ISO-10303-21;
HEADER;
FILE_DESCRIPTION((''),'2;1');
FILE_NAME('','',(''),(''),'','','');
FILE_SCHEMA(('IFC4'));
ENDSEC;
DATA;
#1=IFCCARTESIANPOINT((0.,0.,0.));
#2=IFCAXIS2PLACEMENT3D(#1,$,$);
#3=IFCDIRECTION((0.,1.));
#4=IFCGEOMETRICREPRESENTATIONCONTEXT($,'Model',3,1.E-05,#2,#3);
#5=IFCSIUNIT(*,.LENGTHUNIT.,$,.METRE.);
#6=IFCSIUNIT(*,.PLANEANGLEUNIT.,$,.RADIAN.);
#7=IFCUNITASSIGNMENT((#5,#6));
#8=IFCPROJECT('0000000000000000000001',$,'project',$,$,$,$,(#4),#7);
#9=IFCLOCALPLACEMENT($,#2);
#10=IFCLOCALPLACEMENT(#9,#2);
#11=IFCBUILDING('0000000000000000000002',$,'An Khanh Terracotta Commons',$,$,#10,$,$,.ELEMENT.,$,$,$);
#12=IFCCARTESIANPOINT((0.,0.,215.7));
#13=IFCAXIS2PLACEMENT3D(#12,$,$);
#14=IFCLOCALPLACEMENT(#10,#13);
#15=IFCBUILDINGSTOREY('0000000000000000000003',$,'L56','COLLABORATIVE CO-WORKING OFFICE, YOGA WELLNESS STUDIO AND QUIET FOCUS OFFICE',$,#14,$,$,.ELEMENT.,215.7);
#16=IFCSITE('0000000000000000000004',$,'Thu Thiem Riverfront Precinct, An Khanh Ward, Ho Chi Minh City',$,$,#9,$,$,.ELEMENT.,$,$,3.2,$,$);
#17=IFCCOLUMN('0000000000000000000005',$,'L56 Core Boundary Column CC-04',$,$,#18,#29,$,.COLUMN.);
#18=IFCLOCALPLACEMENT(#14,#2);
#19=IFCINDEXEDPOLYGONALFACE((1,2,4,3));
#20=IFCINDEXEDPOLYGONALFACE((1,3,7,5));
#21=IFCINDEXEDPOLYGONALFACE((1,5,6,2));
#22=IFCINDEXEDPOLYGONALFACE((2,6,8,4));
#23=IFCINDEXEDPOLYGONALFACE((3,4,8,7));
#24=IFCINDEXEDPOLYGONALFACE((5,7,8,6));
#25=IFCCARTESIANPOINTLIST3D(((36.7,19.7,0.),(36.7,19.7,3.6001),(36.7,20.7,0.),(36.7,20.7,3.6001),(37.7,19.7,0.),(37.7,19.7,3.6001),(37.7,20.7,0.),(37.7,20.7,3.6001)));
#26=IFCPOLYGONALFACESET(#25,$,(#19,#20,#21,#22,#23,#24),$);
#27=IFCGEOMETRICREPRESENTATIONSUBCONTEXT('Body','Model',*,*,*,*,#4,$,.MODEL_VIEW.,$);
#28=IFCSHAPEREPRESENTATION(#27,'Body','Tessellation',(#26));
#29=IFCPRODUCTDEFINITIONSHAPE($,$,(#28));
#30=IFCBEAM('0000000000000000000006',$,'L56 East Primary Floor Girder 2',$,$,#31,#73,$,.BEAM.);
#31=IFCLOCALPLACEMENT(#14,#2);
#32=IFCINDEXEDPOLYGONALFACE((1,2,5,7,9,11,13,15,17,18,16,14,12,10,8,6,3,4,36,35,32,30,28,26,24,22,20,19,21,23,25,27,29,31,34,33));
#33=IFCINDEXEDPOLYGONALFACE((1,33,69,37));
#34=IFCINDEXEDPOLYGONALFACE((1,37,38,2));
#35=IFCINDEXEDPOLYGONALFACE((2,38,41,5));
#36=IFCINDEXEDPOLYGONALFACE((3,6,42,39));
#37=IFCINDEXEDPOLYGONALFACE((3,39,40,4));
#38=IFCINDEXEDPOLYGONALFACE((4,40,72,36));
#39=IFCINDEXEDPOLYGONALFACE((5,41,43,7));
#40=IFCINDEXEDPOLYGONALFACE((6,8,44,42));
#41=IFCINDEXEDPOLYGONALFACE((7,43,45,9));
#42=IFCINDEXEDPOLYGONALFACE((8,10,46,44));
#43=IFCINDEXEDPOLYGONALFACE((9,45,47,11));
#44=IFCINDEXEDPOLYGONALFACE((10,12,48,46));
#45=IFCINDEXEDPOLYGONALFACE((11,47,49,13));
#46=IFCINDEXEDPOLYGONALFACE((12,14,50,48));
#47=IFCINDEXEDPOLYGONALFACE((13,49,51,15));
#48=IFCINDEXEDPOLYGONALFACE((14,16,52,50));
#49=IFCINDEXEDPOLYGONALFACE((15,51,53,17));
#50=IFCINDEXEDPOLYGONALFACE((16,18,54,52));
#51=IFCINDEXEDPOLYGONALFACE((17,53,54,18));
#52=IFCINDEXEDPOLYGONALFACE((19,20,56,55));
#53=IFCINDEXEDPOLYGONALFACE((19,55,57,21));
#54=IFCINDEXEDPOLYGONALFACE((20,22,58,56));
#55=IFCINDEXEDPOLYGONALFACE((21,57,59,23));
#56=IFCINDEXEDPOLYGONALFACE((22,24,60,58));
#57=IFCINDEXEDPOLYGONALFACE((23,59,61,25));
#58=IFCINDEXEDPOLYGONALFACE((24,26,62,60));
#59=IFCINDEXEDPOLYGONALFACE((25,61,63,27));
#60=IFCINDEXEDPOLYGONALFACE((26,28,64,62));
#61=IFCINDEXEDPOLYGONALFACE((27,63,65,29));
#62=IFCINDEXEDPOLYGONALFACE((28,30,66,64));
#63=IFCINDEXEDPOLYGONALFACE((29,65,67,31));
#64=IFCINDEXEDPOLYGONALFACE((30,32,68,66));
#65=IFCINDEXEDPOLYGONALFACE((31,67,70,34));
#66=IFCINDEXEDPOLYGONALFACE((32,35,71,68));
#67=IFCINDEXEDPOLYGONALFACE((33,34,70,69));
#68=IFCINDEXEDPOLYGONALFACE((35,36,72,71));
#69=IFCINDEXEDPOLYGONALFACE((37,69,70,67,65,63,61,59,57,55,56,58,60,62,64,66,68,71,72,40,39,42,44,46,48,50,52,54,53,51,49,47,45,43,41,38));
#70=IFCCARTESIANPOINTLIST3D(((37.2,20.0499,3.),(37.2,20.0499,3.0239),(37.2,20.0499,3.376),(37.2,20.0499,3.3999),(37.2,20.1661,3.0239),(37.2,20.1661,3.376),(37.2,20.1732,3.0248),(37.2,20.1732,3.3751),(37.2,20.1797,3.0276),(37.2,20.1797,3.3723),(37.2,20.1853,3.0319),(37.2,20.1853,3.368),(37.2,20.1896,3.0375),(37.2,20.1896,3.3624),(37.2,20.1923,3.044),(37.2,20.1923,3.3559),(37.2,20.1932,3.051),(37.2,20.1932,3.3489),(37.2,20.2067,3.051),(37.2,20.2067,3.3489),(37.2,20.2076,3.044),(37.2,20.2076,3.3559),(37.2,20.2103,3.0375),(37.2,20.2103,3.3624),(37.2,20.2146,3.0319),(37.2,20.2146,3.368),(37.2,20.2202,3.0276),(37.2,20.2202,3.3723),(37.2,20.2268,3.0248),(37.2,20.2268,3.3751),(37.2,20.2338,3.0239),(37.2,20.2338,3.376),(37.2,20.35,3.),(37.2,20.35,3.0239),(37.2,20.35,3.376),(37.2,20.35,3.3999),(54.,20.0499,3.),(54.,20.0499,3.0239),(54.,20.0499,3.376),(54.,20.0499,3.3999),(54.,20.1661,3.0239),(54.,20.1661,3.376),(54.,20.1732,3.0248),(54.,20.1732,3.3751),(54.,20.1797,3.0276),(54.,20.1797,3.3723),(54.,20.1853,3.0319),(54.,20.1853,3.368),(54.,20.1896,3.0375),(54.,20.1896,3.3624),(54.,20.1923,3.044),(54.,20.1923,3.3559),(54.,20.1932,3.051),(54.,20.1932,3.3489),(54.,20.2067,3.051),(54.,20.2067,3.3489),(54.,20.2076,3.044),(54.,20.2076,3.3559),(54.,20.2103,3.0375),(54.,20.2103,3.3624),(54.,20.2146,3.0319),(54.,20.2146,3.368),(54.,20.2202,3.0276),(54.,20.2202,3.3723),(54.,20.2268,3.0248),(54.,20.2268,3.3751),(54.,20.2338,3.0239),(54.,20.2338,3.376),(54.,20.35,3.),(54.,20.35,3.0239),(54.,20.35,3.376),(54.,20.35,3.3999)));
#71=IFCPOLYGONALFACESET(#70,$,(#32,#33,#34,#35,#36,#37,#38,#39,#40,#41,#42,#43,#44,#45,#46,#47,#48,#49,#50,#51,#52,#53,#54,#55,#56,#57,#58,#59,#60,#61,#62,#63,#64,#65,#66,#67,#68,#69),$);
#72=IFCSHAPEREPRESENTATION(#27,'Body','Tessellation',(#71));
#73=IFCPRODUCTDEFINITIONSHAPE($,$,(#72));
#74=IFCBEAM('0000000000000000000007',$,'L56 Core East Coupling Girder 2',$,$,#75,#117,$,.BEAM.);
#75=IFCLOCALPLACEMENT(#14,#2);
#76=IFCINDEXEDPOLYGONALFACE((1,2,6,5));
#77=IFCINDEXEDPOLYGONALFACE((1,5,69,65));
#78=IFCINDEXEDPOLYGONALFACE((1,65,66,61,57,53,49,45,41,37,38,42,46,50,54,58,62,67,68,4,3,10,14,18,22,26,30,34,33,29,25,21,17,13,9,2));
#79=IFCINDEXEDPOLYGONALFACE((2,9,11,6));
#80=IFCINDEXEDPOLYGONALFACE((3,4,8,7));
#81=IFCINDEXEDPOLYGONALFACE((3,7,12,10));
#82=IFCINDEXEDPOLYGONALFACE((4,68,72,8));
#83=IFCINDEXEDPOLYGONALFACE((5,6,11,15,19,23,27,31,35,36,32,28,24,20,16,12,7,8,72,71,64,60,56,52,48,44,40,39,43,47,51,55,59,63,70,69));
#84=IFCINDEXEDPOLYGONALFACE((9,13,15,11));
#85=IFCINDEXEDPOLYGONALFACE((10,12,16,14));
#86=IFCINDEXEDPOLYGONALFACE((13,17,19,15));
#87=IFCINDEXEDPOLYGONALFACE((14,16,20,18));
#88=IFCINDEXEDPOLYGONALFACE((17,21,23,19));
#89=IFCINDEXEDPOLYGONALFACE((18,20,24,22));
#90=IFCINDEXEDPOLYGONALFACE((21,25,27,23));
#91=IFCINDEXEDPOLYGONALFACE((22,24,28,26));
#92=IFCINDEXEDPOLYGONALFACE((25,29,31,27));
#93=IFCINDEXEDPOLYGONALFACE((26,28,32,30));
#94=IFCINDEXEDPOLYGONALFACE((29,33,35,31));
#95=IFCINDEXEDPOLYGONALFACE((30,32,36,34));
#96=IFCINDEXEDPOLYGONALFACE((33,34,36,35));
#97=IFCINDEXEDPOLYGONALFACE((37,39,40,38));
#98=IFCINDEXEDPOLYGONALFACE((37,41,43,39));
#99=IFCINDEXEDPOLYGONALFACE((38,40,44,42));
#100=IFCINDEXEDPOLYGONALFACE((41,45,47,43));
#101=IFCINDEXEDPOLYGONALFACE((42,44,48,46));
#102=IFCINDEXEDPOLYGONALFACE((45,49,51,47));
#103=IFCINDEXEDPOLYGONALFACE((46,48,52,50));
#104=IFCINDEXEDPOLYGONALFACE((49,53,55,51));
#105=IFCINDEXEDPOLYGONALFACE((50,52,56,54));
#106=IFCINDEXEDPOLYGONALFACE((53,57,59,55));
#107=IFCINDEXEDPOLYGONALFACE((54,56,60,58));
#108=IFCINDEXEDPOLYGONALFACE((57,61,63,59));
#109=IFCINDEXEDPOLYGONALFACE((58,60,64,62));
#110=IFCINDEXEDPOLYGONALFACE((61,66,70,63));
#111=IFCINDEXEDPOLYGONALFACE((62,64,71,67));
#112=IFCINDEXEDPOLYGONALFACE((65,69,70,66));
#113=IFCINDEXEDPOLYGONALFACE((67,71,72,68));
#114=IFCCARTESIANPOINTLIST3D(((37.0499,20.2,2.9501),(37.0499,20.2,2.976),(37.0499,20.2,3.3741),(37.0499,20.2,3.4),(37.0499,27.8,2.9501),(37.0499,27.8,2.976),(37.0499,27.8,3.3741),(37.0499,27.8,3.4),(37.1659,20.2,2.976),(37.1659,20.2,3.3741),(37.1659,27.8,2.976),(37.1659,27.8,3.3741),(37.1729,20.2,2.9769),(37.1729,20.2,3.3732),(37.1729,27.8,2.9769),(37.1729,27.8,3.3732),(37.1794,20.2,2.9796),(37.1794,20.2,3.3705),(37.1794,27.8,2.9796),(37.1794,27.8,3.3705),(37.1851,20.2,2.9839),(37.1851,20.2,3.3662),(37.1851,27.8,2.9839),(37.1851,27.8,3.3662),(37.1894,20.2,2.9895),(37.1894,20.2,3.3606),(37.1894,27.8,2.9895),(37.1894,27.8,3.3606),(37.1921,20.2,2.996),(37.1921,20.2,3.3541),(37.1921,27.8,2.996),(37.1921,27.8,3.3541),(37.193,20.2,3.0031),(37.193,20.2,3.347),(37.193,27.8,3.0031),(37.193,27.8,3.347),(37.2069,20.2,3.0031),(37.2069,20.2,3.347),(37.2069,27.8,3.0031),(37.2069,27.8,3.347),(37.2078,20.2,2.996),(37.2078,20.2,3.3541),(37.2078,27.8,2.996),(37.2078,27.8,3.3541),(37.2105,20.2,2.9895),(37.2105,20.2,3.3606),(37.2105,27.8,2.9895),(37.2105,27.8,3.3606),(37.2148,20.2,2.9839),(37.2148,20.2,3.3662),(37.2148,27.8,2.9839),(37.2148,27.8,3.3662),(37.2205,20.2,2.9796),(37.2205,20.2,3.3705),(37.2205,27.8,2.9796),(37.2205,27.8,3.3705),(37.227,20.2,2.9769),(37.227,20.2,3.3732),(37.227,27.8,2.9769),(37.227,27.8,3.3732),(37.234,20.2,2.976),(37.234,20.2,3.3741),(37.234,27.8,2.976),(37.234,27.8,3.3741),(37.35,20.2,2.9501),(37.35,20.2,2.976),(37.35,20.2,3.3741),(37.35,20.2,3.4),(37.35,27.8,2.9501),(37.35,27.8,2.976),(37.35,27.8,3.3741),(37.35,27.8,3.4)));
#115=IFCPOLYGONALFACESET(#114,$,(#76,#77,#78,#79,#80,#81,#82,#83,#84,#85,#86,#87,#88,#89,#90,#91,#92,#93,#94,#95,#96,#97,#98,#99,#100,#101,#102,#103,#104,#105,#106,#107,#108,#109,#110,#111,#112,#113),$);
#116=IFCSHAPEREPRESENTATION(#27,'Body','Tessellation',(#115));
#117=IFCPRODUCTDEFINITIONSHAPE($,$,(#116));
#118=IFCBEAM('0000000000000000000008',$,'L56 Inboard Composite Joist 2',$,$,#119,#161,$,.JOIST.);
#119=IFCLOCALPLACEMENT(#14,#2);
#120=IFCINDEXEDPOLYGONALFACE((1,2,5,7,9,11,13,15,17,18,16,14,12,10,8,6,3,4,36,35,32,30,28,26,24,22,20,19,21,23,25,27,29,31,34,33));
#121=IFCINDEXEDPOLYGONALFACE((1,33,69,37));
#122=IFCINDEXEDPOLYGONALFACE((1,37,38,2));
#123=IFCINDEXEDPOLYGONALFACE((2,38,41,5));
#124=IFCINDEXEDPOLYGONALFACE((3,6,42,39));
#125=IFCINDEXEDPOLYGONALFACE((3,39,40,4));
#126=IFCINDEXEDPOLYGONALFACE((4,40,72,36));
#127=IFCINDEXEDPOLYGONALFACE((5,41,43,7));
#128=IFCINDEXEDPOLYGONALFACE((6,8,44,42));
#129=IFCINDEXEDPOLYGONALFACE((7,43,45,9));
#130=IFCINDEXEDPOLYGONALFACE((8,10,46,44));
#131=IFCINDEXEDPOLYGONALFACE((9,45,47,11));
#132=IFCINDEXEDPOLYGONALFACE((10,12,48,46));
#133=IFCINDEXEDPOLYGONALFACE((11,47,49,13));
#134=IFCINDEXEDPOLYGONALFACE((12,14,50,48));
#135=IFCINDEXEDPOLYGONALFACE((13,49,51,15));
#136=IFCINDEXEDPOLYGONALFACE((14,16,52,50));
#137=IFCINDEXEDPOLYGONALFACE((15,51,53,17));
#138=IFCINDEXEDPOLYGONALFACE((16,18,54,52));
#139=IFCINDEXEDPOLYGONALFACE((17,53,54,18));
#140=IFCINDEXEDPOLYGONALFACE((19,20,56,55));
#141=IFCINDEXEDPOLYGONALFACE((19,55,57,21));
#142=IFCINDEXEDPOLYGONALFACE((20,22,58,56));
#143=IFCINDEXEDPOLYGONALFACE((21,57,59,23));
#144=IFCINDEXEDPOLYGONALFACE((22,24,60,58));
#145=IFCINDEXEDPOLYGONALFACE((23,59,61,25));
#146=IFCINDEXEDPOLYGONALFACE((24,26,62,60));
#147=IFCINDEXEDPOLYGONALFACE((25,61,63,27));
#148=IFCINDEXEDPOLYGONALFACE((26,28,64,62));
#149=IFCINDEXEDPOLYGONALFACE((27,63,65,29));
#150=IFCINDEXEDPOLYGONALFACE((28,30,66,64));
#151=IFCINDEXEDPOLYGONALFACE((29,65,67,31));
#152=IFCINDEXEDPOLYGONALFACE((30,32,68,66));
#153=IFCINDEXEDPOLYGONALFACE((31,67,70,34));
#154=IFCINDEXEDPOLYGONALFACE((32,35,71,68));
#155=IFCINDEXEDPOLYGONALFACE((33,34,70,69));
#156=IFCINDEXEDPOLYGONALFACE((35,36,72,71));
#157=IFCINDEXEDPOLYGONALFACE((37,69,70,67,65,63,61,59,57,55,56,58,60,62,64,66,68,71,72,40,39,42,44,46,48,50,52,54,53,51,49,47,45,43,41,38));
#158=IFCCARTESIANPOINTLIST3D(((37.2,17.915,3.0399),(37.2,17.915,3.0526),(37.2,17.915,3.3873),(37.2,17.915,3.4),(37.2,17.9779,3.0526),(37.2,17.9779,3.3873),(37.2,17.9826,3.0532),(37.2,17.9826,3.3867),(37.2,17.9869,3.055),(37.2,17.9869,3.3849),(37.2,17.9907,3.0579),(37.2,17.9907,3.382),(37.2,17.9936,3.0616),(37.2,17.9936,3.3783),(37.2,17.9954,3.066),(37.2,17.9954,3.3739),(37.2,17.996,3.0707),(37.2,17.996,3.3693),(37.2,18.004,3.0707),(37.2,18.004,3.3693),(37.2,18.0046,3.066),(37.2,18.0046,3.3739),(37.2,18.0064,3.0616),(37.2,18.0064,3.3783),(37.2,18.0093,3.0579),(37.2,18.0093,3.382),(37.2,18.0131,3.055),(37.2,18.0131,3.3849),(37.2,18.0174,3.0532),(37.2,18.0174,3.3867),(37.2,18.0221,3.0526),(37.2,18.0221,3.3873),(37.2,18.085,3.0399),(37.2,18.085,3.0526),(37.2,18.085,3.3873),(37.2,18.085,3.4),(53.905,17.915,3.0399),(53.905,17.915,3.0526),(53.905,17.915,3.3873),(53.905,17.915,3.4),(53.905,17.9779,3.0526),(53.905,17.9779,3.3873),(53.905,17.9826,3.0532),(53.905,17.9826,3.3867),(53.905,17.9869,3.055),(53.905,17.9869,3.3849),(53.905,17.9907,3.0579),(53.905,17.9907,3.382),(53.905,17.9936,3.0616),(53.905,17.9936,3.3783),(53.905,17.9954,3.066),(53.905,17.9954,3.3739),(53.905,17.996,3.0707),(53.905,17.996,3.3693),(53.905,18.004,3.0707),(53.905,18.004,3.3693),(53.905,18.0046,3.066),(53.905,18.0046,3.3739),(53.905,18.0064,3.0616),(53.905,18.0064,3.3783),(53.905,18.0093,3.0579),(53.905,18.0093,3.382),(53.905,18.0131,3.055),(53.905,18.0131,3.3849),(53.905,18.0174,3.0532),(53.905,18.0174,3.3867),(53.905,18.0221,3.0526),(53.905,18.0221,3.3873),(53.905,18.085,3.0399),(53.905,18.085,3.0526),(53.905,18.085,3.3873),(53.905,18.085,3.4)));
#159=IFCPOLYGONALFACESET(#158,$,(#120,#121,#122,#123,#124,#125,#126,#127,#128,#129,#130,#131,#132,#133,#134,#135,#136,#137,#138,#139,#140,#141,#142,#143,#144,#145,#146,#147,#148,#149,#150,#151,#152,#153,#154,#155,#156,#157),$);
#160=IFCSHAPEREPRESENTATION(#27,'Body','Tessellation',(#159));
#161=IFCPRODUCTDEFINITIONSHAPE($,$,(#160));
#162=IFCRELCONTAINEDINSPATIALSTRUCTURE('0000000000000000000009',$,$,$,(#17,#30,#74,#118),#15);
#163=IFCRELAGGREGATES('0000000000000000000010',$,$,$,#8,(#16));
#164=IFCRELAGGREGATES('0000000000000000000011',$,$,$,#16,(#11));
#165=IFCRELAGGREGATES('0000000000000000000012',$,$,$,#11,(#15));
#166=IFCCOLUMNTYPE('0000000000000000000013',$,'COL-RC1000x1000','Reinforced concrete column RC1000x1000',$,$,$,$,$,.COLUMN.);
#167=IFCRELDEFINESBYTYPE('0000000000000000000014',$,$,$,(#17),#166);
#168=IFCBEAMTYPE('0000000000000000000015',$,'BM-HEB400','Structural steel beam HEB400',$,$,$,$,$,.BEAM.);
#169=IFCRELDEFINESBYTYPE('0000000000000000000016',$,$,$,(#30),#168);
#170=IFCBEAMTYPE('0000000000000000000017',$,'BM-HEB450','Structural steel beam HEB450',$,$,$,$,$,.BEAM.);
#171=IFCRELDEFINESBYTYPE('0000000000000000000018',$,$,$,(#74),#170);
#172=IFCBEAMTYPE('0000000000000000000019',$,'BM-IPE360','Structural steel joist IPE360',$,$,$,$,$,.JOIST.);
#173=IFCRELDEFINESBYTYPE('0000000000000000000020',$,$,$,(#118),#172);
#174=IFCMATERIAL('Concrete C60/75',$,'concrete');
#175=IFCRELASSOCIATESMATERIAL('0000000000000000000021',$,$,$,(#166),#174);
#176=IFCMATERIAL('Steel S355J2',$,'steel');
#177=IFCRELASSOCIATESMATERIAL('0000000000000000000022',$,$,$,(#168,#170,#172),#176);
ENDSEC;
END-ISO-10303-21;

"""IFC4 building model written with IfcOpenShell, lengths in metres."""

from ifc_helpers import new_model, si_unit, direction, frame, origin, origin_2d, place, context, subcontext, project, spatial, rectangle, i_section, extrude, material, material_profile, profile_set, type_object, element, save


model = new_model("IFC4")

# Units and contexts
model_context = context("Model", 3, precision=1e-05, world=origin(), true_north=direction((0.0, 1.0)))
body_context = subcontext(model_context, "Body", "Model", "MODEL_VIEW")
ifc_project = project(units=[si_unit("LENGTHUNIT", "METRE"), si_unit("PLANEANGLEUNIT", "RADIAN")], contexts=[model_context])

# Site, building, storey
site_placement = place(None, origin())
site = spatial("IfcSite", under=ifc_project, at=site_placement, Name="Thu Thiem Riverfront Precinct, An Khanh Ward, Ho Chi Minh City", CompositionType="ELEMENT", RefElevation=3.2)
building_placement = place(site_placement, origin())
building = spatial("IfcBuilding", under=site, at=building_placement, Name="An Khanh Terracotta Commons", CompositionType="ELEMENT")
storey_placement = place(building_placement, frame((0.0, 0.0, 215.7)))
storey = spatial("IfcBuildingStorey", under=building, at=storey_placement, Name="L56", Description="COLLABORATIVE CO-WORKING OFFICE, YOGA WELLNESS STUDIO AND QUIET FOCUS OFFICE", CompositionType="ELEMENT", Elevation=215.7)

# Column
ifc_material_1 = material(Name="Concrete C60/75", Category="concrete")
ifc_material_profile_1 = material_profile(ifc_material_1, rectangle(XDim=1.0, YDim=1.0, at=origin_2d()), Name="RC1000x1000")
ifc_profile_set_1 = profile_set([ifc_material_profile_1], Name="Concrete C60/75")
column_type = type_object("IfcColumnType", Name="COL-RC1000x1000", Description="Reinforced concrete column RC1000x1000", PredefinedType="COLUMN", material=ifc_profile_set_1)
column_placement = place(storey_placement, frame((37.2, 20.2, 0.0), z_axis=(0.0, 0.0, 1.0), x_axis=(1.0, 0.0, 0.0)))
element("IfcColumn", 1, at=column_placement, inside=storey, type_object=column_type, Name="L56 Core Boundary Column CC-04", PredefinedType="COLUMN", context=body_context, shape_type="SweptSolid", body=[
    extrude(rectangle(XDim=1.0, YDim=1.0, at=origin_2d()), origin(), (0.0, 0.0, 1.0), 3.6001),
])

# Beams
ifc_material_2 = material(Name="Steel S355J2", Category="steel")
ifc_material_profile_2 = material_profile(ifc_material_2, i_section(OverallWidth=0.3, OverallDepth=0.3999, WebThickness=0.0134, FlangeThickness=0.0239, FilletRadius=0.0271, at=origin_2d()), Name="HEB400")
ifc_profile_set_2 = profile_set([ifc_material_profile_2], Name="Steel S355J2")
beam_type_1 = type_object("IfcBeamType", Name="BM-HEB400", Description="Structural steel beam HEB400", PredefinedType="BEAM", material=ifc_profile_set_2)
beam_1_placement = place(storey_placement, frame((37.2, 20.2, 3.2), z_axis=(1.0, 0.0, 0.0), x_axis=(0.0, 1.0, 0.0)))
element("IfcBeam", 2, at=beam_1_placement, inside=storey, type_object=beam_type_1, Name="L56 East Primary Floor Girder 2", PredefinedType="BEAM", context=body_context, shape_type="SweptSolid", body=[
    extrude(i_section(OverallWidth=0.3, OverallDepth=0.3999, WebThickness=0.0134, FlangeThickness=0.0239, FilletRadius=0.0271, at=origin_2d()), origin(), (0.0, 0.0, 1.0), 16.8),
])
ifc_material_profile_3 = material_profile(ifc_material_2, i_section(OverallWidth=0.3, OverallDepth=0.45, WebThickness=0.0139, FlangeThickness=0.0259, FilletRadius=0.0271, at=origin_2d()), Name="HEB450")
ifc_profile_set_3 = profile_set([ifc_material_profile_3], Name="Steel S355J2")
beam_type_2 = type_object("IfcBeamType", Name="BM-HEB450", Description="Structural steel beam HEB450", PredefinedType="BEAM", material=ifc_profile_set_3)
beam_2_placement = place(storey_placement, frame((37.2, 20.2, 3.175), z_axis=(0.0, 1.0, 0.0), x_axis=(-1.0, 0.0, 0.0)))
element("IfcBeam", 3, at=beam_2_placement, inside=storey, type_object=beam_type_2, Name="L56 Core East Coupling Girder 2", PredefinedType="BEAM", context=body_context, shape_type="SweptSolid", body=[
    extrude(i_section(OverallWidth=0.3, OverallDepth=0.45, WebThickness=0.0139, FlangeThickness=0.0259, FilletRadius=0.0271, at=origin_2d()), origin(), (0.0, 0.0, 1.0), 7.6001),
])
ifc_material_profile_4 = material_profile(ifc_material_2, i_section(OverallWidth=0.1699, OverallDepth=0.3601, WebThickness=0.0081, FlangeThickness=0.0127, FilletRadius=0.0181, at=origin_2d()), Name="IPE360")
ifc_profile_set_4 = profile_set([ifc_material_profile_4], Name="Steel S355J2")
beam_type_3 = type_object("IfcBeamType", Name="BM-IPE360", Description="Structural steel joist IPE360", PredefinedType="JOIST", material=ifc_profile_set_4)
beam_3_placement = place(storey_placement, frame((37.2, 18.0, 3.22), z_axis=(1.0, 0.0, 0.0), x_axis=(0.0, 1.0, 0.0)))
element("IfcBeam", 4, at=beam_3_placement, inside=storey, type_object=beam_type_3, Name="L56 Inboard Composite Joist 2", PredefinedType="JOIST", context=body_context, shape_type="SweptSolid", body=[
    extrude(i_section(OverallWidth=0.1699, OverallDepth=0.3601, WebThickness=0.0081, FlangeThickness=0.0127, FilletRadius=0.0181, at=origin_2d()), origin(), (0.0, 0.0, 1.0), 16.7051),
])

save(model, "model.ifc")
